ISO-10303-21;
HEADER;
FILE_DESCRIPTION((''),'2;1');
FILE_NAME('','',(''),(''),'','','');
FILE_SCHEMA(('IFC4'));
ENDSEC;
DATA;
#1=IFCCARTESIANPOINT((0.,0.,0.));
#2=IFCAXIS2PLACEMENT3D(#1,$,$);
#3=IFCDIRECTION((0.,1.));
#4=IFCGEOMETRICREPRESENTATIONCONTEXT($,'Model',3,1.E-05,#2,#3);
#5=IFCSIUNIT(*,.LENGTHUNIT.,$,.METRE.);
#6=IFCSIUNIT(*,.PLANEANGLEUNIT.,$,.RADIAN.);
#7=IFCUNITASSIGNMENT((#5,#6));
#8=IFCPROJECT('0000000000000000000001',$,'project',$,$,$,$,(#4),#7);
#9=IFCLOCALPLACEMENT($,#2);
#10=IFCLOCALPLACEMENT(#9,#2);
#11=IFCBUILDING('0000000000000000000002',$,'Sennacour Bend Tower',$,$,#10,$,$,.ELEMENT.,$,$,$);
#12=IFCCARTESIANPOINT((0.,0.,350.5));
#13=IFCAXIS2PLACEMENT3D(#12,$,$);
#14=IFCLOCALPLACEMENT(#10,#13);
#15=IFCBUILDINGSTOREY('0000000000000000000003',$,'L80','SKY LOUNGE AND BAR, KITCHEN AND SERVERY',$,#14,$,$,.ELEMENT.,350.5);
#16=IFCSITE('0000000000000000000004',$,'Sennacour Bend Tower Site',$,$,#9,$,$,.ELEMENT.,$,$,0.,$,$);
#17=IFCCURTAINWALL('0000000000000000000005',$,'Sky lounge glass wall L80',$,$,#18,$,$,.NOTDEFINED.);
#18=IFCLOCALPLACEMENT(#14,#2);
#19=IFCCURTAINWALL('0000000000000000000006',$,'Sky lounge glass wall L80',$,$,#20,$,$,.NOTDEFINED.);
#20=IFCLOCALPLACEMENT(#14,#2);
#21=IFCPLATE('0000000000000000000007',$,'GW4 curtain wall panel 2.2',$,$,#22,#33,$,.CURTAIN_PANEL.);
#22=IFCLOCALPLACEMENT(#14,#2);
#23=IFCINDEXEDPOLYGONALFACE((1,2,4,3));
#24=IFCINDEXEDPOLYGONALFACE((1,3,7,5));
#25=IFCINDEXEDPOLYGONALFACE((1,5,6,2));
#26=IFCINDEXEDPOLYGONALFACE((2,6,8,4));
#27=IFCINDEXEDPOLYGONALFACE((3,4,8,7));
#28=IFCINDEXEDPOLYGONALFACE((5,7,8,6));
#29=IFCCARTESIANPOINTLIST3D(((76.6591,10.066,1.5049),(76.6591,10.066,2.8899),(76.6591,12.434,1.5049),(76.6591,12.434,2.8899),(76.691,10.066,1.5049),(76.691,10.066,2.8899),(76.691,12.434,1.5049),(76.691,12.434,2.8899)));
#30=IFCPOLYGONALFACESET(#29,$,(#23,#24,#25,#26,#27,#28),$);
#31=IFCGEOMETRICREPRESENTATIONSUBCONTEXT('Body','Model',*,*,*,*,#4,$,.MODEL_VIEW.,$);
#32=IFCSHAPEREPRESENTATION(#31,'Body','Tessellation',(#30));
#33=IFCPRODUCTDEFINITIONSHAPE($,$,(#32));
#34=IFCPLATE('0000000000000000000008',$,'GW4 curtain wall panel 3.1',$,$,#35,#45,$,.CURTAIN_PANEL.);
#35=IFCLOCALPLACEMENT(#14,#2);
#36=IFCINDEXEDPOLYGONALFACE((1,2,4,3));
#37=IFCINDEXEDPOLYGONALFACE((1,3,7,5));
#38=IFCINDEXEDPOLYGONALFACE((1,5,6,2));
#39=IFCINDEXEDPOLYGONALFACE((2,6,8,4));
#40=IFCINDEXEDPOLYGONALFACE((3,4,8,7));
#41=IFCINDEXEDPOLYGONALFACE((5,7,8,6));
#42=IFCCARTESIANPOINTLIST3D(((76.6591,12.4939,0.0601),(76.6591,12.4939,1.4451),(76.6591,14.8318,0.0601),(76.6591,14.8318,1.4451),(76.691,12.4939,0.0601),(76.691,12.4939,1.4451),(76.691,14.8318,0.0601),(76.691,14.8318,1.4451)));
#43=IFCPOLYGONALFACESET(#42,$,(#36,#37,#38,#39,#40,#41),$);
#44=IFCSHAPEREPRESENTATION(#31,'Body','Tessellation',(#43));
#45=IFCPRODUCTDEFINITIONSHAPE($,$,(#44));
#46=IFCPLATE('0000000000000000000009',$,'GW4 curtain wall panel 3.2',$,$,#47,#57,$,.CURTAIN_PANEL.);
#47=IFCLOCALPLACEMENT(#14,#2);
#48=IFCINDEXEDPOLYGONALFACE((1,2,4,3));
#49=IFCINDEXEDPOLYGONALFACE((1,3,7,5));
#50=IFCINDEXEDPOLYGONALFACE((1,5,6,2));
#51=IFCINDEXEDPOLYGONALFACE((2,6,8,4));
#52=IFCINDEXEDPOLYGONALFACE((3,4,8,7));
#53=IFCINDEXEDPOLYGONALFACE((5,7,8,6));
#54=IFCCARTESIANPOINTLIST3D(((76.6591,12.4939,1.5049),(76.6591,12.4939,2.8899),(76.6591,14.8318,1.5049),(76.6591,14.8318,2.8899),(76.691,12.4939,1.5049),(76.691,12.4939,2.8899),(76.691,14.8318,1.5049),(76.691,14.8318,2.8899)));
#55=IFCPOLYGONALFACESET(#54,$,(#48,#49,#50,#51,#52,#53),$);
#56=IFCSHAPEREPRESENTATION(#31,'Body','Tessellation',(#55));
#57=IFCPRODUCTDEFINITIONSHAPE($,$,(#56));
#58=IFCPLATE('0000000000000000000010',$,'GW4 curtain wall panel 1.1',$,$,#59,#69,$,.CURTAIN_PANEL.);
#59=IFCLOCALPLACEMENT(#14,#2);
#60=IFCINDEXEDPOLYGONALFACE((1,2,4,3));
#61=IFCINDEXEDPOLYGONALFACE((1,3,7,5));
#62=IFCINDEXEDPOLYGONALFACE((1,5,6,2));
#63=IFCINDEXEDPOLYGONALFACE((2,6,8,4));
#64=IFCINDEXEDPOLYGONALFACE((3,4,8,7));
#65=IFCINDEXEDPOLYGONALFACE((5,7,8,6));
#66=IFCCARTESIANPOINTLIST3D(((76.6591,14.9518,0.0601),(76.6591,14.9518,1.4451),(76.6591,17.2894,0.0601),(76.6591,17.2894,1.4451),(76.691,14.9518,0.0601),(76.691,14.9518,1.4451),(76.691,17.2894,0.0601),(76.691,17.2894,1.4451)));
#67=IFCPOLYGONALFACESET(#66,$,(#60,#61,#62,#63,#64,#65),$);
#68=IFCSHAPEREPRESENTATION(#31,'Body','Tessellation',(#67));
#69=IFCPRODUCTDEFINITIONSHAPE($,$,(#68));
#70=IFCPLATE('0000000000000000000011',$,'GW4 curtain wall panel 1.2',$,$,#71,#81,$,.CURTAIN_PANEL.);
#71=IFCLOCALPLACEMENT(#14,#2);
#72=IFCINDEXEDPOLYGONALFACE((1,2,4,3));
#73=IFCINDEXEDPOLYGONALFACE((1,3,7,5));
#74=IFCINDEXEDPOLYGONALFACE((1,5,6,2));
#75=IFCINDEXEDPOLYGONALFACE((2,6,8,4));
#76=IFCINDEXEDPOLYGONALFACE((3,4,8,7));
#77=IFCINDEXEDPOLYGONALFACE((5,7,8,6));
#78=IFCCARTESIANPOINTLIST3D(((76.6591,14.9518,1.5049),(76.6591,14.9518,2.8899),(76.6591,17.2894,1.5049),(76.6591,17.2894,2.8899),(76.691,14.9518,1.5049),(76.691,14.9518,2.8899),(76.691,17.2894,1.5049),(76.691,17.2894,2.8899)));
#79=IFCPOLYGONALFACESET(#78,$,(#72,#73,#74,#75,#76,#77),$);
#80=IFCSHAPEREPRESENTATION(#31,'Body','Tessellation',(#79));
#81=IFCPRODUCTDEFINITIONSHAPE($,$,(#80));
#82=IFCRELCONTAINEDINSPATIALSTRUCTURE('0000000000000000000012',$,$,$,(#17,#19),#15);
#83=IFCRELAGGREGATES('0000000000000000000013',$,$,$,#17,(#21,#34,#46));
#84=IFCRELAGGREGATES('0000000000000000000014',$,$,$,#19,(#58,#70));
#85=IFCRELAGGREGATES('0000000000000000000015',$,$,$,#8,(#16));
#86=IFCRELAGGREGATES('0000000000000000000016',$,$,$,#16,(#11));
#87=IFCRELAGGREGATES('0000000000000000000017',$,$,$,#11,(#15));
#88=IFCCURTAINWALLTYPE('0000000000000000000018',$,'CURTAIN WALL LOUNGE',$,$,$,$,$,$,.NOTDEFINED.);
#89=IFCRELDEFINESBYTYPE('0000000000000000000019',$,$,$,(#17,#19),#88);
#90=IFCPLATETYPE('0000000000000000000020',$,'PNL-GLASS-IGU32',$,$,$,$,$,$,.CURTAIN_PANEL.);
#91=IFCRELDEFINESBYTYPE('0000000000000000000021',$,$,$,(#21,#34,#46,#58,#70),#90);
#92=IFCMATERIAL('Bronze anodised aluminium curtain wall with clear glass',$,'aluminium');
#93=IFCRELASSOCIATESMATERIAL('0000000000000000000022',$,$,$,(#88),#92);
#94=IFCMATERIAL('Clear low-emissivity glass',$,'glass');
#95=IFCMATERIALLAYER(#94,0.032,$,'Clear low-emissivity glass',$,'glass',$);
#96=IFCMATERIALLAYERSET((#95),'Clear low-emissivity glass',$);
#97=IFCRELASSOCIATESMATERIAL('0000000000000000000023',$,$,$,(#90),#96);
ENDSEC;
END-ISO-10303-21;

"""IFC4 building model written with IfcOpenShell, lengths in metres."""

from ifc_helpers import new_model, si_unit, direction, frame, origin, origin_2d, place, context, subcontext, project, spatial, rectangle, extrude, material, layer, layer_set, type_object, element, aggregate, save


model = new_model("IFC4")

# Units and contexts
model_context = context("Model", 3, precision=1e-05, world=origin(), true_north=direction((0.0, 1.0)))
body_context = subcontext(model_context, "Body", "Model", "MODEL_VIEW")
ifc_project = project(units=[si_unit("LENGTHUNIT", "METRE"), si_unit("PLANEANGLEUNIT", "RADIAN")], contexts=[model_context])

# Site, building, storey
site_placement = place(None, origin())
site = spatial("IfcSite", under=ifc_project, at=site_placement, Name="Sennacour Bend Tower Site", CompositionType="ELEMENT", RefElevation=0.0)
building_placement = place(site_placement, origin())
building = spatial("IfcBuilding", under=site, at=building_placement, Name="Sennacour Bend Tower", CompositionType="ELEMENT")
storey_placement = place(building_placement, frame((0.0, 0.0, 350.5)))
storey = spatial("IfcBuildingStorey", under=building, at=storey_placement, Name="L80", Description="SKY LOUNGE AND BAR, KITCHEN AND SERVERY", CompositionType="ELEMENT", Elevation=350.5)

# Curtain walls
ifc_material_1 = material(Name="Bronze anodised aluminium curtain wall with clear glass", Category="aluminium")
curtain_wall_type = type_object("IfcCurtainWallType", Name="CURTAIN WALL LOUNGE", PredefinedType="NOTDEFINED", material=ifc_material_1)
curtain_wall_1_placement = place(storey_placement, origin())
curtain_wall_1 = element("IfcCurtainWall", 1, at=curtain_wall_1_placement, inside=storey, type_object=curtain_wall_type, Name="Sky lounge glass wall L80", PredefinedType="NOTDEFINED")
curtain_wall_2_placement = place(storey_placement, origin())
curtain_wall_2 = element("IfcCurtainWall", 2, at=curtain_wall_2_placement, inside=storey, type_object=curtain_wall_type, Name="Sky lounge glass wall L80", PredefinedType="NOTDEFINED")

# Plates
ifc_material_2 = material(Name="Clear low-emissivity glass", Category="glass")
ifc_layer = layer(ifc_material_2, 0.032, Name="Clear low-emissivity glass", Category="glass")
ifc_layer_set = layer_set([ifc_layer], Name="Clear low-emissivity glass")
plate_type = type_object("IfcPlateType", Name="PNL-GLASS-IGU32", PredefinedType="CURTAIN_PANEL", material=ifc_layer_set)
plate_1_placement = place(storey_placement, frame((76.675, 11.25, 1.5049), z_axis=(0.0, 0.0, 1.0), x_axis=(0.0, 1.0, 0.0)))
plate_1 = element("IfcPlate", 3, at=plate_1_placement, type_object=plate_type, Name="GW4 curtain wall panel 2.2", PredefinedType="CURTAIN_PANEL", context=body_context, shape_type="SweptSolid", body=[
    extrude(rectangle(XDim=2.3679, YDim=0.032, at=origin_2d()), origin(), (0.0, 0.0, 1.0), 1.385),
])
plate_2_placement = place(storey_placement, frame((76.675, 13.6628, 0.0601), z_axis=(0.0, 0.0, 1.0), x_axis=(0.0, 1.0, 0.0)))
plate_2 = element("IfcPlate", 4, at=plate_2_placement, type_object=plate_type, Name="GW4 curtain wall panel 3.1", PredefinedType="CURTAIN_PANEL", context=body_context, shape_type="SweptSolid", body=[
    extrude(rectangle(XDim=2.3379, YDim=0.032, at=origin_2d()), origin(), (0.0, 0.0, 1.0), 1.385),
])
plate_3_placement = place(storey_placement, frame((76.675, 13.6628, 1.5049), z_axis=(0.0, 0.0, 1.0), x_axis=(0.0, 1.0, 0.0)))
plate_3 = element("IfcPlate", 5, at=plate_3_placement, type_object=plate_type, Name="GW4 curtain wall panel 3.2", PredefinedType="CURTAIN_PANEL", context=body_context, shape_type="SweptSolid", body=[
    extrude(rectangle(XDim=2.3379, YDim=0.032, at=origin_2d()), origin(), (0.0, 0.0, 1.0), 1.385),
])
aggregate(curtain_wall_1, [plate_1, plate_2, plate_3])
plate_4_placement = place(storey_placement, frame((76.675, 16.1206, 0.0601), z_axis=(0.0, 0.0, 1.0), x_axis=(0.0, 1.0, 0.0)))
plate_4 = element("IfcPlate", 6, at=plate_4_placement, type_object=plate_type, Name="GW4 curtain wall panel 1.1", PredefinedType="CURTAIN_PANEL", context=body_context, shape_type="SweptSolid", body=[
    extrude(rectangle(XDim=2.3376, YDim=0.032, at=origin_2d()), origin(), (0.0, 0.0, 1.0), 1.385),
])
plate_5_placement = place(storey_placement, frame((76.675, 16.1206, 1.5049), z_axis=(0.0, 0.0, 1.0), x_axis=(0.0, 1.0, 0.0)))
plate_5 = element("IfcPlate", 7, at=plate_5_placement, type_object=plate_type, Name="GW4 curtain wall panel 1.2", PredefinedType="CURTAIN_PANEL", context=body_context, shape_type="SweptSolid", body=[
    extrude(rectangle(XDim=2.3376, YDim=0.032, at=origin_2d()), origin(), (0.0, 0.0, 1.0), 1.385),
])
aggregate(curtain_wall_2, [plate_4, plate_5])

save(model, "model.ifc")
